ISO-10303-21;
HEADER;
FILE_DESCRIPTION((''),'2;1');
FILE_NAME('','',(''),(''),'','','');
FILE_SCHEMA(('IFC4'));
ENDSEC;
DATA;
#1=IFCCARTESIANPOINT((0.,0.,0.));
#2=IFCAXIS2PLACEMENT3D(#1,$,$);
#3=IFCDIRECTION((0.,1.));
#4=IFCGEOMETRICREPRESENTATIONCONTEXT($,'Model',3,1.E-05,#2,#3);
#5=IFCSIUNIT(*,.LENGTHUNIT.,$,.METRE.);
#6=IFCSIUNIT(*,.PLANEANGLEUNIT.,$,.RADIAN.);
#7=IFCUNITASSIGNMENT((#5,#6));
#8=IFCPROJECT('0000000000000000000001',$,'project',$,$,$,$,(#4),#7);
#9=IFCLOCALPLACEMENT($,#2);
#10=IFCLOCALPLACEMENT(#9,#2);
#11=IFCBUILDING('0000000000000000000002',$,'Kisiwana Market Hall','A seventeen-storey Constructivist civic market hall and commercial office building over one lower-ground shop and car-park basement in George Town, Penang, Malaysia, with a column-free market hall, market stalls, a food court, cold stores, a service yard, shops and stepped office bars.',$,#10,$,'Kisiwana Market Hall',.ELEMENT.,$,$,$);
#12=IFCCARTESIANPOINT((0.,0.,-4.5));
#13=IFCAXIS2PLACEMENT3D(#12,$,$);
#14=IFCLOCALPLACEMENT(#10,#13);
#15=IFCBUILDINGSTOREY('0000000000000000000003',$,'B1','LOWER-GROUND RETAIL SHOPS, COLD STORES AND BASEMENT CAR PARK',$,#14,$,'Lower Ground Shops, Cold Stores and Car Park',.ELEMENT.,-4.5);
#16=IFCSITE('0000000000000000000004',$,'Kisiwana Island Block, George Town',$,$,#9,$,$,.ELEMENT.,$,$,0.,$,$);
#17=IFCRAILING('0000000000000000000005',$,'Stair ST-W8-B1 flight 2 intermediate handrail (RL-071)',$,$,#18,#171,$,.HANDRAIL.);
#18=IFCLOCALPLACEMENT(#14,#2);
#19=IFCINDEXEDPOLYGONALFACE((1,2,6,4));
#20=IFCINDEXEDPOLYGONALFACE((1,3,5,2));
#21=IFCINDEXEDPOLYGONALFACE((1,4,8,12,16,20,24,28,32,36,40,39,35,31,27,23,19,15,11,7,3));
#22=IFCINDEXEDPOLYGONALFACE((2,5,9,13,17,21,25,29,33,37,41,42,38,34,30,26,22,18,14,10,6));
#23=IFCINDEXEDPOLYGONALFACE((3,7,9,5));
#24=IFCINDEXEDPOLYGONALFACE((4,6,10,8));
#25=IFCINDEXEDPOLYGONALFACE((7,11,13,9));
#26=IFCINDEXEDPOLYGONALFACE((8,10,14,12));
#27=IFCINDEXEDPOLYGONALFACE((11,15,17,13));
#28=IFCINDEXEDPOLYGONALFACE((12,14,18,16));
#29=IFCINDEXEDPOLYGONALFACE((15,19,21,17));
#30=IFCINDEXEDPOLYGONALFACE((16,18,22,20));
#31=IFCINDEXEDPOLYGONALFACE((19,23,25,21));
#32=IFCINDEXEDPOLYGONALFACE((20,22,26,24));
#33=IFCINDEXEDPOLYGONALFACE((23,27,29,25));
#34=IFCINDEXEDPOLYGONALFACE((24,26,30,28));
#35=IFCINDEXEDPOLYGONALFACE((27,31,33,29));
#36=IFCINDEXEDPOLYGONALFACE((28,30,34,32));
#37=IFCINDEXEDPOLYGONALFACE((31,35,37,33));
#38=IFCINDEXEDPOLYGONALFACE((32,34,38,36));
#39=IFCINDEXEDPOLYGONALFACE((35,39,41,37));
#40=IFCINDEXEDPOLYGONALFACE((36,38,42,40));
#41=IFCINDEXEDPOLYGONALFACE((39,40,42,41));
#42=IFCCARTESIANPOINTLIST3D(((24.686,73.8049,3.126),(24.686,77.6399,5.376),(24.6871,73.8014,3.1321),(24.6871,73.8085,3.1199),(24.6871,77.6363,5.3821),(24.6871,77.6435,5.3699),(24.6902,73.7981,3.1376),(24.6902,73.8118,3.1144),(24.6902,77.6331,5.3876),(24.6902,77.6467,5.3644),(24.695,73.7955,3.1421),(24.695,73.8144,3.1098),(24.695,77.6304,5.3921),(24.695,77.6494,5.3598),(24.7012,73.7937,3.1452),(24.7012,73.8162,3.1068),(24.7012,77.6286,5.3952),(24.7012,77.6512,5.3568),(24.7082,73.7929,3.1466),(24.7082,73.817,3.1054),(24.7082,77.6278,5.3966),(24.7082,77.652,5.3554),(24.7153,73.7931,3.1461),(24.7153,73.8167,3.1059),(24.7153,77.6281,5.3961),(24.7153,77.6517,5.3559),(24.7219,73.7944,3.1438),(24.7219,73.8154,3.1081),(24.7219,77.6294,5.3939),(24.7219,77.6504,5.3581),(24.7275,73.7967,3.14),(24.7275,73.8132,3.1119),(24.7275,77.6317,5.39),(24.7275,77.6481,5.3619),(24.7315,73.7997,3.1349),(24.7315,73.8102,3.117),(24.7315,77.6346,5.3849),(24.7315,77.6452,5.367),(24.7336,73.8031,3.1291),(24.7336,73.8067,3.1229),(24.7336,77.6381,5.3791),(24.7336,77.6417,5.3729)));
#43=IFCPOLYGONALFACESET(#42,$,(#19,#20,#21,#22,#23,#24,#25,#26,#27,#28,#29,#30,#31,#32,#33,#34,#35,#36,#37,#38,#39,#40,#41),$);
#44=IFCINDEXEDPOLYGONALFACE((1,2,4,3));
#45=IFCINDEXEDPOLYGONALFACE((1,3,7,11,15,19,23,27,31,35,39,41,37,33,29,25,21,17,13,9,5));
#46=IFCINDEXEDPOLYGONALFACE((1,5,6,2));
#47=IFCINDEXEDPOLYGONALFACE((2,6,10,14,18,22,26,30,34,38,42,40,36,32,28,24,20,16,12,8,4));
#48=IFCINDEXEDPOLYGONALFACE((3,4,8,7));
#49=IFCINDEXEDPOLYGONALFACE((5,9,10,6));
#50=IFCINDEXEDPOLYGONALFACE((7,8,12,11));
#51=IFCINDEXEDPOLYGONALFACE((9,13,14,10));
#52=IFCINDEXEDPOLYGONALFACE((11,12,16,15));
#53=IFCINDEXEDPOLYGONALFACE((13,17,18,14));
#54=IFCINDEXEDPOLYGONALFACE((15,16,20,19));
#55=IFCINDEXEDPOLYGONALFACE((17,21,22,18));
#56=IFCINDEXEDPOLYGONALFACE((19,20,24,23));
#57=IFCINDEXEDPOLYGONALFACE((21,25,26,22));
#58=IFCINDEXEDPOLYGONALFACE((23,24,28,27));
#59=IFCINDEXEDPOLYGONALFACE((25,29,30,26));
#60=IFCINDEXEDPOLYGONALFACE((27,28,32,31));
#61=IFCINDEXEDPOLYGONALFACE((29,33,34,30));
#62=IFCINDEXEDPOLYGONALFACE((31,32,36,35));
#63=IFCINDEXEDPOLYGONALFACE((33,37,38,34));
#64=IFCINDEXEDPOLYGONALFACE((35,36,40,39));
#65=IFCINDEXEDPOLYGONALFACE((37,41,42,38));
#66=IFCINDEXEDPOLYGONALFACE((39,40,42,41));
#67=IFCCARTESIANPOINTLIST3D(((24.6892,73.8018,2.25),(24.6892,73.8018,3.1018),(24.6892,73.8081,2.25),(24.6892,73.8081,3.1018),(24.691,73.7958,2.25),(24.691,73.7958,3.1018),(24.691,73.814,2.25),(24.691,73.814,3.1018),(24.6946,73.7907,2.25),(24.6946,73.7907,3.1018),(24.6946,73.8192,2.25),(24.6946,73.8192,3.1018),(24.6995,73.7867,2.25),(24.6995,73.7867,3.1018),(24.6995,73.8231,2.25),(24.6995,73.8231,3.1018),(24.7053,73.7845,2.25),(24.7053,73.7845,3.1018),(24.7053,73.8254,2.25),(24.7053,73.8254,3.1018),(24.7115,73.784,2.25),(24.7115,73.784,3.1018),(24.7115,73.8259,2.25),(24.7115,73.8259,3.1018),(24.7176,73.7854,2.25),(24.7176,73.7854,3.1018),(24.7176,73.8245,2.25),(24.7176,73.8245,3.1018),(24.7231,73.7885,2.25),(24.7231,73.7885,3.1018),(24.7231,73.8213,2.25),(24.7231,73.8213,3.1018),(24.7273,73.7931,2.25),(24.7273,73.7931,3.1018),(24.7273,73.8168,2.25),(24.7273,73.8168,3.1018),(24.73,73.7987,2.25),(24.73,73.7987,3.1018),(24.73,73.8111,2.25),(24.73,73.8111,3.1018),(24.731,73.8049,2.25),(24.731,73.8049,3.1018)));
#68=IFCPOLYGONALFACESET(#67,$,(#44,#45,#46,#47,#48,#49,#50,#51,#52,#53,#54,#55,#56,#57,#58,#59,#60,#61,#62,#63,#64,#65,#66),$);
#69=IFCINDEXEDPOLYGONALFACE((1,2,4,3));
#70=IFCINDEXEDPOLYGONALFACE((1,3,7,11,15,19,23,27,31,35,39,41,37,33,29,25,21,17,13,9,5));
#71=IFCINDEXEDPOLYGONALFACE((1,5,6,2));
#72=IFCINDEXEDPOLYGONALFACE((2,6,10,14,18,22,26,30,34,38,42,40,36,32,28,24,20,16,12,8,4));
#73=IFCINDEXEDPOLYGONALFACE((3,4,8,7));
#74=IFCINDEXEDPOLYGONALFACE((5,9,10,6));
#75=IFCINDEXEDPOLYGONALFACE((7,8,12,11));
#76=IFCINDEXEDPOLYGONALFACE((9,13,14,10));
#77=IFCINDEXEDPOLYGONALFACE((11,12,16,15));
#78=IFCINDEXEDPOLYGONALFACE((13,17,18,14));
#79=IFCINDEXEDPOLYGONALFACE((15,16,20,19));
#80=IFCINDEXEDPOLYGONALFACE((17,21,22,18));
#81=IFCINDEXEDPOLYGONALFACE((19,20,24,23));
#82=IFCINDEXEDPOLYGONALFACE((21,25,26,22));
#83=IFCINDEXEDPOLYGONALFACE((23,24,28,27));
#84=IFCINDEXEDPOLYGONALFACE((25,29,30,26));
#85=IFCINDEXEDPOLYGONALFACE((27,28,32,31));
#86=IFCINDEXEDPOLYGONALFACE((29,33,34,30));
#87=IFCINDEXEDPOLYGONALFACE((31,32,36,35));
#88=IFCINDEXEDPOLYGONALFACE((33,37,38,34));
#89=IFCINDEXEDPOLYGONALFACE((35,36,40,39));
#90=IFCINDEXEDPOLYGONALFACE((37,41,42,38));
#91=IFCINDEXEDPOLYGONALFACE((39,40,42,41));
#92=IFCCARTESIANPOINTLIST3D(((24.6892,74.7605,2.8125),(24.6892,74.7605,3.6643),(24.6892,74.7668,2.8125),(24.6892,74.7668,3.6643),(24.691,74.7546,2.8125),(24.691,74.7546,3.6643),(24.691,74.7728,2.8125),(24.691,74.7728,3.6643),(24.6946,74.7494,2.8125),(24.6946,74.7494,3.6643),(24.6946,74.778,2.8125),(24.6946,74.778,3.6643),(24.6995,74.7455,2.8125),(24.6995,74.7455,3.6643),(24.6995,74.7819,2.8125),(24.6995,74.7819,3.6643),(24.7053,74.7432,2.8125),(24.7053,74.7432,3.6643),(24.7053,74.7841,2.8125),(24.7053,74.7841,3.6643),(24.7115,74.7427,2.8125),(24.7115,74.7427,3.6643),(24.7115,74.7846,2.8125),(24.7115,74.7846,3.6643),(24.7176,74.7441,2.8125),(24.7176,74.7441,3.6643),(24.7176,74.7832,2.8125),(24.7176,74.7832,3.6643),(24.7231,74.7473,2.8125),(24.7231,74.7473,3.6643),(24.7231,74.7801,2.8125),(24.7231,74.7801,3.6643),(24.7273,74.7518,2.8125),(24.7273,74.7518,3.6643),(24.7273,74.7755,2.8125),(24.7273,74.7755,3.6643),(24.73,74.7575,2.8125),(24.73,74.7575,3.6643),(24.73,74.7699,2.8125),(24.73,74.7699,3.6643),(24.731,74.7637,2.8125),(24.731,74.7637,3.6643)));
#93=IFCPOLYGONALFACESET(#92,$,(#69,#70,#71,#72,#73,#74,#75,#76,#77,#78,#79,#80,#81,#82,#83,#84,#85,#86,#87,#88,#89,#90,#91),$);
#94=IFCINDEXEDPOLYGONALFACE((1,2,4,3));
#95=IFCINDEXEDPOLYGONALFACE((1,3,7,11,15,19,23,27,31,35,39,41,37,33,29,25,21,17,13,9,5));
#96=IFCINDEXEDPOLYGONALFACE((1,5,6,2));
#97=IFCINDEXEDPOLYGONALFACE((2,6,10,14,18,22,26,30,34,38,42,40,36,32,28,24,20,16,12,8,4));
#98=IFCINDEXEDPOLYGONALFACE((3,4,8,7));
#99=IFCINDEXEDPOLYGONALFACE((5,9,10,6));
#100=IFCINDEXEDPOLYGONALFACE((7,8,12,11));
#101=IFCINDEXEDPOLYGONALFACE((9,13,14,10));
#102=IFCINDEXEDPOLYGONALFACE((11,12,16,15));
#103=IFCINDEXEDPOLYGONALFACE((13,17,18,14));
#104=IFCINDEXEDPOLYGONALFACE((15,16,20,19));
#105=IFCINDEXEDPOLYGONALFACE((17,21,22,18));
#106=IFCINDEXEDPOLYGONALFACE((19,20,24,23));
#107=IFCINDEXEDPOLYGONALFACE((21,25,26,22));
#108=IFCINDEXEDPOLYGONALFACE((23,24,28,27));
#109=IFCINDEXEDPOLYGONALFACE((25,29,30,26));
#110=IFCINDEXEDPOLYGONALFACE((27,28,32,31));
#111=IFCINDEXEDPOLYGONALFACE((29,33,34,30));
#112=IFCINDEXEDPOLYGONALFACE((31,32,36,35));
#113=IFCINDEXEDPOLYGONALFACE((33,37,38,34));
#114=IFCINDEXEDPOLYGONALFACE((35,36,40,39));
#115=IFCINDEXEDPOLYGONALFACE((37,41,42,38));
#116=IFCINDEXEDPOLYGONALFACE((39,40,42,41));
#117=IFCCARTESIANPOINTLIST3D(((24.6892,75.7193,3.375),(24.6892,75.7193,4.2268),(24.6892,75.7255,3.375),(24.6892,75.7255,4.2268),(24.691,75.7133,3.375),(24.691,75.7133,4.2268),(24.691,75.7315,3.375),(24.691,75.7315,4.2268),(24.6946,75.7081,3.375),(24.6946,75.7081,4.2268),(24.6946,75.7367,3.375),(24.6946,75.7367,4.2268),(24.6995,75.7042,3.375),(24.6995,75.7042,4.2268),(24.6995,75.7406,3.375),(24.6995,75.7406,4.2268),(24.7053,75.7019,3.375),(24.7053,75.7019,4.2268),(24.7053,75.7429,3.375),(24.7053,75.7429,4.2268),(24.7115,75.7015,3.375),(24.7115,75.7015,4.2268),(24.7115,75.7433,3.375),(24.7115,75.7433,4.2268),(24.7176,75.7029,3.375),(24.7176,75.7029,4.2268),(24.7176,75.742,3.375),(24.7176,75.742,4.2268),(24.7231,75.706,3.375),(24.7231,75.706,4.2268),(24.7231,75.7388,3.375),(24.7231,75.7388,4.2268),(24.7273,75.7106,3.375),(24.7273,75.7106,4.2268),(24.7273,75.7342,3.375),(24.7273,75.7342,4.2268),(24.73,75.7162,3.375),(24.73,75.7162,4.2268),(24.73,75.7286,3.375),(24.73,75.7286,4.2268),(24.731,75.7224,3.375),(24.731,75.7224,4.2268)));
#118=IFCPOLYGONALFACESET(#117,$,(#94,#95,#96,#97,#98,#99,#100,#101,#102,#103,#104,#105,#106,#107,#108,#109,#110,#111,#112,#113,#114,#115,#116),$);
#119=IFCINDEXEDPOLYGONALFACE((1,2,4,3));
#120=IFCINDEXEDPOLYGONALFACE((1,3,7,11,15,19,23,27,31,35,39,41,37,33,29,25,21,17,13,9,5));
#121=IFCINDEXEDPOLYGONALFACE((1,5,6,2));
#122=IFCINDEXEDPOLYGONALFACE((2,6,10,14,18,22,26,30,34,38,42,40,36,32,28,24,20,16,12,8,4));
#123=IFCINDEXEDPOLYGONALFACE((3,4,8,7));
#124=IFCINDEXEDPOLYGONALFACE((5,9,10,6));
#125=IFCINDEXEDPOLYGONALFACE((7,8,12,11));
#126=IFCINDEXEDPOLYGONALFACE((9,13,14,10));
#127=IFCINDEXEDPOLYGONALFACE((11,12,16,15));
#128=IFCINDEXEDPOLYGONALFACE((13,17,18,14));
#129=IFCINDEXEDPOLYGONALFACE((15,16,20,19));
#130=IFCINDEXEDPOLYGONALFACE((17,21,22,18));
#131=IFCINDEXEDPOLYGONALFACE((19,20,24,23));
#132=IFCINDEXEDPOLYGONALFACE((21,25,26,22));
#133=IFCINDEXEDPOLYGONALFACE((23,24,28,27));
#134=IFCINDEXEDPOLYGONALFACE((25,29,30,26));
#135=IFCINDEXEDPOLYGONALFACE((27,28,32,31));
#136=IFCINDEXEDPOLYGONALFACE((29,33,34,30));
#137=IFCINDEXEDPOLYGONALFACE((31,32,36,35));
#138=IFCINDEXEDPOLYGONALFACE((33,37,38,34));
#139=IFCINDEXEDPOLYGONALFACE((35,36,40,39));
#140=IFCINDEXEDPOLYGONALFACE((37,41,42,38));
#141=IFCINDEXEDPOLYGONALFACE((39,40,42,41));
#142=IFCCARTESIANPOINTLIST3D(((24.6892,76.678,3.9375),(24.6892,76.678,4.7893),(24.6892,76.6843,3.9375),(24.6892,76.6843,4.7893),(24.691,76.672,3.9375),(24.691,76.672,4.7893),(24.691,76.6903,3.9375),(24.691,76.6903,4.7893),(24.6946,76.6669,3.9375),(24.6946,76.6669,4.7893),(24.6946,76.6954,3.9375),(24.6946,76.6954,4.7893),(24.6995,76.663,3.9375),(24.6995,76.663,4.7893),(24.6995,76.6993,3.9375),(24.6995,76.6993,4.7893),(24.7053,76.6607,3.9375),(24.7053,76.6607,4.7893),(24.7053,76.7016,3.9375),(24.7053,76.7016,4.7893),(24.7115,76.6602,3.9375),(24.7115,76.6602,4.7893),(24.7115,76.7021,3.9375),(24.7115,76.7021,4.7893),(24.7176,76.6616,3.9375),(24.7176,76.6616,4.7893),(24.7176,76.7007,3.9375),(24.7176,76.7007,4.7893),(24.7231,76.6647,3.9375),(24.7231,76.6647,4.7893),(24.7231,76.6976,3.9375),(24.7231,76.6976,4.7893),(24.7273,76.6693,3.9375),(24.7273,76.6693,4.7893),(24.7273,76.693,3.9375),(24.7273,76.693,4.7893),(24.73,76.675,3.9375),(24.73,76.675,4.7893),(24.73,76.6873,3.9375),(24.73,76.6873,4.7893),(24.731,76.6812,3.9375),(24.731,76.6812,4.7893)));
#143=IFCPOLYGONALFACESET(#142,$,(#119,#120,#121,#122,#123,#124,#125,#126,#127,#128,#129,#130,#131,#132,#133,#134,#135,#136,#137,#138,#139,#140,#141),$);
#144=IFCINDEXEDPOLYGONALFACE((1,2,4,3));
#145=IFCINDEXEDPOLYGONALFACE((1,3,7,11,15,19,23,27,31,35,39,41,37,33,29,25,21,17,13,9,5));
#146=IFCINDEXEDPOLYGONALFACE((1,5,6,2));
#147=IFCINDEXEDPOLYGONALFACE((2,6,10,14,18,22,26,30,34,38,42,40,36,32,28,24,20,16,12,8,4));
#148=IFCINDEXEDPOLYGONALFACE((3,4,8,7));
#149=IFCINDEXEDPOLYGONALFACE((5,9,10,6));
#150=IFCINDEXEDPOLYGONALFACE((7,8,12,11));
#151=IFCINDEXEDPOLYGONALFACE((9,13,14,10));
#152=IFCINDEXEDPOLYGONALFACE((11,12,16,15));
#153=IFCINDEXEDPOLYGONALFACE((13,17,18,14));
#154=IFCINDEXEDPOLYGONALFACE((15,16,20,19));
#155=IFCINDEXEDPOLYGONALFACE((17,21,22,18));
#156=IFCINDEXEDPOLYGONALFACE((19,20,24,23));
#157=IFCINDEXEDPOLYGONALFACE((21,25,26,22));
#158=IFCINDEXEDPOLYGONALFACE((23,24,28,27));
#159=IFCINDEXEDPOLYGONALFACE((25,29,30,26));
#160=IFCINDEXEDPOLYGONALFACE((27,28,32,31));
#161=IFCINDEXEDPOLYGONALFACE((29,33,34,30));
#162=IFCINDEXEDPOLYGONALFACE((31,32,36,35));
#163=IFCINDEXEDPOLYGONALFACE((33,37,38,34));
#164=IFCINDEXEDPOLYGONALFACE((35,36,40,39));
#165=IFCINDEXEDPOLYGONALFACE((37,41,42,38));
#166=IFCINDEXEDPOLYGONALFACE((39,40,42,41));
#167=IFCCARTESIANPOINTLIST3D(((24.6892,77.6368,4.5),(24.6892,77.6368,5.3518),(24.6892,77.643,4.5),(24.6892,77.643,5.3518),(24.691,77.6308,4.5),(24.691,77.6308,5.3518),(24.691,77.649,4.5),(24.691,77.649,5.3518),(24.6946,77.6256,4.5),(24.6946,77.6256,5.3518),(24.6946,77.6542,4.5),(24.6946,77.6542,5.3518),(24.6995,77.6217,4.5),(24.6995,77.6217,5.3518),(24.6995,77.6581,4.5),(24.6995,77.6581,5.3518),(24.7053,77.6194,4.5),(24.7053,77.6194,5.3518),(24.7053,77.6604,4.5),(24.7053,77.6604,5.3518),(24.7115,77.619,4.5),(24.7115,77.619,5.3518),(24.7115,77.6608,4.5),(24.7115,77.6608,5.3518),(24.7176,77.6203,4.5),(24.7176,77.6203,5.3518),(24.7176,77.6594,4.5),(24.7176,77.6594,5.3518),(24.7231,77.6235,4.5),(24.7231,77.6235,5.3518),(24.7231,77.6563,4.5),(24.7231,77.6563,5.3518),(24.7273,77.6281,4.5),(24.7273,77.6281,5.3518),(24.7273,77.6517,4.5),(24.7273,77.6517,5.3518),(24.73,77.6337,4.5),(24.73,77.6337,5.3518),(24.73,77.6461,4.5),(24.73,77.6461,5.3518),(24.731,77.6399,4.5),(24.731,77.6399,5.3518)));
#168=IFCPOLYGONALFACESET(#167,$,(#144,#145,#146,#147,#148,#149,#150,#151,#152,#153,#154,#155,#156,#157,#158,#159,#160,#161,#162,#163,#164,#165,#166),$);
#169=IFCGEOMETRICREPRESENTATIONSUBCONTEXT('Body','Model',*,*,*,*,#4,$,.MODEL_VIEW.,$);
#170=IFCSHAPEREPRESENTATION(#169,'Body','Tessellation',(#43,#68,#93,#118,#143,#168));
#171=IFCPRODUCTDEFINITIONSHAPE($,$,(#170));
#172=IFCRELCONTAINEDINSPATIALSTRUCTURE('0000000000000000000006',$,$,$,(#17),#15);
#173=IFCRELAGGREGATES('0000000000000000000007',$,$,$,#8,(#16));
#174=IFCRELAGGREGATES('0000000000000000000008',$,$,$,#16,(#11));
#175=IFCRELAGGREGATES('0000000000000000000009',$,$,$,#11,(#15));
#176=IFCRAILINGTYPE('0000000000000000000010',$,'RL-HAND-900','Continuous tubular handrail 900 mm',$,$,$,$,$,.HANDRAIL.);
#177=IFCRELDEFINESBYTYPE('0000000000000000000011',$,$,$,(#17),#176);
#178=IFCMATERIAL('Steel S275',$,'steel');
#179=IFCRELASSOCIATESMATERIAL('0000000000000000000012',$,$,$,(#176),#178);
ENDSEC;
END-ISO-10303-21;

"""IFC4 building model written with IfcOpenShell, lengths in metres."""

from ifc_helpers import new_model, si_unit, direction, frame, origin, origin_2d, place, context, subcontext, project, spatial, circle, extrude, material, type_object, element, save


model = new_model("IFC4")

# Units and contexts
model_context = context("Model", 3, precision=1e-05, world=origin(), true_north=direction((0.0, 1.0)))
body_context = subcontext(model_context, "Body", "Model", "MODEL_VIEW")
ifc_project = project(units=[si_unit("LENGTHUNIT", "METRE"), si_unit("PLANEANGLEUNIT", "RADIAN")], contexts=[model_context])

# Site, building, storey
site_placement = place(None, origin())
site = spatial("IfcSite", under=ifc_project, at=site_placement, Name="Kisiwana Island Block, George Town", CompositionType="ELEMENT", RefElevation=0.0)
building_placement = place(site_placement, origin())
building = spatial("IfcBuilding", under=site, at=building_placement, Name="Kisiwana Market Hall", Description="A seventeen-storey Constructivist civic market hall and commercial office building over one lower-ground shop and car-park basement in George Town, Penang, Malaysia, with a column-free market hall, market stalls, a food court, cold stores, a service yard, shops and stepped office bars.", LongName="Kisiwana Market Hall", CompositionType="ELEMENT")
storey_placement = place(building_placement, frame((0.0, 0.0, -4.5)))
storey = spatial("IfcBuildingStorey", under=building, at=storey_placement, Name="B1", Description="LOWER-GROUND RETAIL SHOPS, COLD STORES AND BASEMENT CAR PARK", LongName="Lower Ground Shops, Cold Stores and Car Park", CompositionType="ELEMENT", Elevation=-4.5)

# Railing
ifc_material_1 = material(Name="Steel S275", Category="steel")
railing_type_1 = type_object("IfcRailingType", Name="RL-HAND-900", Description="Continuous tubular handrail 900 mm", PredefinedType="HANDRAIL", material=ifc_material_1)
railing_1_placement = place(storey_placement, frame((24.71, 73.8049, 2.25)))
element("IfcRailing", 1, at=railing_1_placement, inside=storey, type_object=railing_type_1, Name="Stair ST-W8-B1 flight 2 intermediate handrail (RL-071)", PredefinedType="HANDRAIL", context=body_context, shape_type="SweptSolid", body=[
    extrude(circle(Radius=0.0239, at=origin_2d()), frame((0.0, 0.0, 0.876), z_axis=(0.0, 0.86251, 0.506041), x_axis=(-1.0, 0.0, 0.0)), (0.0, 0.0, 1.0), 4.4463),
    extrude(circle(Radius=0.021, at=origin_2d()), origin(), (0.0, 0.0, 1.0), 0.8518),
    extrude(circle(Radius=0.021, at=origin_2d()), frame((0.0, 0.9587, 0.5625)), (0.0, 0.0, 1.0), 0.8518),
    extrude(circle(Radius=0.021, at=origin_2d()), frame((0.0, 1.9175, 1.125)), (0.0, 0.0, 1.0), 0.8518),
    extrude(circle(Radius=0.021, at=origin_2d()), frame((0.0, 2.8762, 1.6875)), (0.0, 0.0, 1.0), 0.8518),
    extrude(circle(Radius=0.021, at=origin_2d()), frame((0.0, 3.835, 2.25)), (0.0, 0.0, 1.0), 0.8518),
])

save(model, "model.ifc")
